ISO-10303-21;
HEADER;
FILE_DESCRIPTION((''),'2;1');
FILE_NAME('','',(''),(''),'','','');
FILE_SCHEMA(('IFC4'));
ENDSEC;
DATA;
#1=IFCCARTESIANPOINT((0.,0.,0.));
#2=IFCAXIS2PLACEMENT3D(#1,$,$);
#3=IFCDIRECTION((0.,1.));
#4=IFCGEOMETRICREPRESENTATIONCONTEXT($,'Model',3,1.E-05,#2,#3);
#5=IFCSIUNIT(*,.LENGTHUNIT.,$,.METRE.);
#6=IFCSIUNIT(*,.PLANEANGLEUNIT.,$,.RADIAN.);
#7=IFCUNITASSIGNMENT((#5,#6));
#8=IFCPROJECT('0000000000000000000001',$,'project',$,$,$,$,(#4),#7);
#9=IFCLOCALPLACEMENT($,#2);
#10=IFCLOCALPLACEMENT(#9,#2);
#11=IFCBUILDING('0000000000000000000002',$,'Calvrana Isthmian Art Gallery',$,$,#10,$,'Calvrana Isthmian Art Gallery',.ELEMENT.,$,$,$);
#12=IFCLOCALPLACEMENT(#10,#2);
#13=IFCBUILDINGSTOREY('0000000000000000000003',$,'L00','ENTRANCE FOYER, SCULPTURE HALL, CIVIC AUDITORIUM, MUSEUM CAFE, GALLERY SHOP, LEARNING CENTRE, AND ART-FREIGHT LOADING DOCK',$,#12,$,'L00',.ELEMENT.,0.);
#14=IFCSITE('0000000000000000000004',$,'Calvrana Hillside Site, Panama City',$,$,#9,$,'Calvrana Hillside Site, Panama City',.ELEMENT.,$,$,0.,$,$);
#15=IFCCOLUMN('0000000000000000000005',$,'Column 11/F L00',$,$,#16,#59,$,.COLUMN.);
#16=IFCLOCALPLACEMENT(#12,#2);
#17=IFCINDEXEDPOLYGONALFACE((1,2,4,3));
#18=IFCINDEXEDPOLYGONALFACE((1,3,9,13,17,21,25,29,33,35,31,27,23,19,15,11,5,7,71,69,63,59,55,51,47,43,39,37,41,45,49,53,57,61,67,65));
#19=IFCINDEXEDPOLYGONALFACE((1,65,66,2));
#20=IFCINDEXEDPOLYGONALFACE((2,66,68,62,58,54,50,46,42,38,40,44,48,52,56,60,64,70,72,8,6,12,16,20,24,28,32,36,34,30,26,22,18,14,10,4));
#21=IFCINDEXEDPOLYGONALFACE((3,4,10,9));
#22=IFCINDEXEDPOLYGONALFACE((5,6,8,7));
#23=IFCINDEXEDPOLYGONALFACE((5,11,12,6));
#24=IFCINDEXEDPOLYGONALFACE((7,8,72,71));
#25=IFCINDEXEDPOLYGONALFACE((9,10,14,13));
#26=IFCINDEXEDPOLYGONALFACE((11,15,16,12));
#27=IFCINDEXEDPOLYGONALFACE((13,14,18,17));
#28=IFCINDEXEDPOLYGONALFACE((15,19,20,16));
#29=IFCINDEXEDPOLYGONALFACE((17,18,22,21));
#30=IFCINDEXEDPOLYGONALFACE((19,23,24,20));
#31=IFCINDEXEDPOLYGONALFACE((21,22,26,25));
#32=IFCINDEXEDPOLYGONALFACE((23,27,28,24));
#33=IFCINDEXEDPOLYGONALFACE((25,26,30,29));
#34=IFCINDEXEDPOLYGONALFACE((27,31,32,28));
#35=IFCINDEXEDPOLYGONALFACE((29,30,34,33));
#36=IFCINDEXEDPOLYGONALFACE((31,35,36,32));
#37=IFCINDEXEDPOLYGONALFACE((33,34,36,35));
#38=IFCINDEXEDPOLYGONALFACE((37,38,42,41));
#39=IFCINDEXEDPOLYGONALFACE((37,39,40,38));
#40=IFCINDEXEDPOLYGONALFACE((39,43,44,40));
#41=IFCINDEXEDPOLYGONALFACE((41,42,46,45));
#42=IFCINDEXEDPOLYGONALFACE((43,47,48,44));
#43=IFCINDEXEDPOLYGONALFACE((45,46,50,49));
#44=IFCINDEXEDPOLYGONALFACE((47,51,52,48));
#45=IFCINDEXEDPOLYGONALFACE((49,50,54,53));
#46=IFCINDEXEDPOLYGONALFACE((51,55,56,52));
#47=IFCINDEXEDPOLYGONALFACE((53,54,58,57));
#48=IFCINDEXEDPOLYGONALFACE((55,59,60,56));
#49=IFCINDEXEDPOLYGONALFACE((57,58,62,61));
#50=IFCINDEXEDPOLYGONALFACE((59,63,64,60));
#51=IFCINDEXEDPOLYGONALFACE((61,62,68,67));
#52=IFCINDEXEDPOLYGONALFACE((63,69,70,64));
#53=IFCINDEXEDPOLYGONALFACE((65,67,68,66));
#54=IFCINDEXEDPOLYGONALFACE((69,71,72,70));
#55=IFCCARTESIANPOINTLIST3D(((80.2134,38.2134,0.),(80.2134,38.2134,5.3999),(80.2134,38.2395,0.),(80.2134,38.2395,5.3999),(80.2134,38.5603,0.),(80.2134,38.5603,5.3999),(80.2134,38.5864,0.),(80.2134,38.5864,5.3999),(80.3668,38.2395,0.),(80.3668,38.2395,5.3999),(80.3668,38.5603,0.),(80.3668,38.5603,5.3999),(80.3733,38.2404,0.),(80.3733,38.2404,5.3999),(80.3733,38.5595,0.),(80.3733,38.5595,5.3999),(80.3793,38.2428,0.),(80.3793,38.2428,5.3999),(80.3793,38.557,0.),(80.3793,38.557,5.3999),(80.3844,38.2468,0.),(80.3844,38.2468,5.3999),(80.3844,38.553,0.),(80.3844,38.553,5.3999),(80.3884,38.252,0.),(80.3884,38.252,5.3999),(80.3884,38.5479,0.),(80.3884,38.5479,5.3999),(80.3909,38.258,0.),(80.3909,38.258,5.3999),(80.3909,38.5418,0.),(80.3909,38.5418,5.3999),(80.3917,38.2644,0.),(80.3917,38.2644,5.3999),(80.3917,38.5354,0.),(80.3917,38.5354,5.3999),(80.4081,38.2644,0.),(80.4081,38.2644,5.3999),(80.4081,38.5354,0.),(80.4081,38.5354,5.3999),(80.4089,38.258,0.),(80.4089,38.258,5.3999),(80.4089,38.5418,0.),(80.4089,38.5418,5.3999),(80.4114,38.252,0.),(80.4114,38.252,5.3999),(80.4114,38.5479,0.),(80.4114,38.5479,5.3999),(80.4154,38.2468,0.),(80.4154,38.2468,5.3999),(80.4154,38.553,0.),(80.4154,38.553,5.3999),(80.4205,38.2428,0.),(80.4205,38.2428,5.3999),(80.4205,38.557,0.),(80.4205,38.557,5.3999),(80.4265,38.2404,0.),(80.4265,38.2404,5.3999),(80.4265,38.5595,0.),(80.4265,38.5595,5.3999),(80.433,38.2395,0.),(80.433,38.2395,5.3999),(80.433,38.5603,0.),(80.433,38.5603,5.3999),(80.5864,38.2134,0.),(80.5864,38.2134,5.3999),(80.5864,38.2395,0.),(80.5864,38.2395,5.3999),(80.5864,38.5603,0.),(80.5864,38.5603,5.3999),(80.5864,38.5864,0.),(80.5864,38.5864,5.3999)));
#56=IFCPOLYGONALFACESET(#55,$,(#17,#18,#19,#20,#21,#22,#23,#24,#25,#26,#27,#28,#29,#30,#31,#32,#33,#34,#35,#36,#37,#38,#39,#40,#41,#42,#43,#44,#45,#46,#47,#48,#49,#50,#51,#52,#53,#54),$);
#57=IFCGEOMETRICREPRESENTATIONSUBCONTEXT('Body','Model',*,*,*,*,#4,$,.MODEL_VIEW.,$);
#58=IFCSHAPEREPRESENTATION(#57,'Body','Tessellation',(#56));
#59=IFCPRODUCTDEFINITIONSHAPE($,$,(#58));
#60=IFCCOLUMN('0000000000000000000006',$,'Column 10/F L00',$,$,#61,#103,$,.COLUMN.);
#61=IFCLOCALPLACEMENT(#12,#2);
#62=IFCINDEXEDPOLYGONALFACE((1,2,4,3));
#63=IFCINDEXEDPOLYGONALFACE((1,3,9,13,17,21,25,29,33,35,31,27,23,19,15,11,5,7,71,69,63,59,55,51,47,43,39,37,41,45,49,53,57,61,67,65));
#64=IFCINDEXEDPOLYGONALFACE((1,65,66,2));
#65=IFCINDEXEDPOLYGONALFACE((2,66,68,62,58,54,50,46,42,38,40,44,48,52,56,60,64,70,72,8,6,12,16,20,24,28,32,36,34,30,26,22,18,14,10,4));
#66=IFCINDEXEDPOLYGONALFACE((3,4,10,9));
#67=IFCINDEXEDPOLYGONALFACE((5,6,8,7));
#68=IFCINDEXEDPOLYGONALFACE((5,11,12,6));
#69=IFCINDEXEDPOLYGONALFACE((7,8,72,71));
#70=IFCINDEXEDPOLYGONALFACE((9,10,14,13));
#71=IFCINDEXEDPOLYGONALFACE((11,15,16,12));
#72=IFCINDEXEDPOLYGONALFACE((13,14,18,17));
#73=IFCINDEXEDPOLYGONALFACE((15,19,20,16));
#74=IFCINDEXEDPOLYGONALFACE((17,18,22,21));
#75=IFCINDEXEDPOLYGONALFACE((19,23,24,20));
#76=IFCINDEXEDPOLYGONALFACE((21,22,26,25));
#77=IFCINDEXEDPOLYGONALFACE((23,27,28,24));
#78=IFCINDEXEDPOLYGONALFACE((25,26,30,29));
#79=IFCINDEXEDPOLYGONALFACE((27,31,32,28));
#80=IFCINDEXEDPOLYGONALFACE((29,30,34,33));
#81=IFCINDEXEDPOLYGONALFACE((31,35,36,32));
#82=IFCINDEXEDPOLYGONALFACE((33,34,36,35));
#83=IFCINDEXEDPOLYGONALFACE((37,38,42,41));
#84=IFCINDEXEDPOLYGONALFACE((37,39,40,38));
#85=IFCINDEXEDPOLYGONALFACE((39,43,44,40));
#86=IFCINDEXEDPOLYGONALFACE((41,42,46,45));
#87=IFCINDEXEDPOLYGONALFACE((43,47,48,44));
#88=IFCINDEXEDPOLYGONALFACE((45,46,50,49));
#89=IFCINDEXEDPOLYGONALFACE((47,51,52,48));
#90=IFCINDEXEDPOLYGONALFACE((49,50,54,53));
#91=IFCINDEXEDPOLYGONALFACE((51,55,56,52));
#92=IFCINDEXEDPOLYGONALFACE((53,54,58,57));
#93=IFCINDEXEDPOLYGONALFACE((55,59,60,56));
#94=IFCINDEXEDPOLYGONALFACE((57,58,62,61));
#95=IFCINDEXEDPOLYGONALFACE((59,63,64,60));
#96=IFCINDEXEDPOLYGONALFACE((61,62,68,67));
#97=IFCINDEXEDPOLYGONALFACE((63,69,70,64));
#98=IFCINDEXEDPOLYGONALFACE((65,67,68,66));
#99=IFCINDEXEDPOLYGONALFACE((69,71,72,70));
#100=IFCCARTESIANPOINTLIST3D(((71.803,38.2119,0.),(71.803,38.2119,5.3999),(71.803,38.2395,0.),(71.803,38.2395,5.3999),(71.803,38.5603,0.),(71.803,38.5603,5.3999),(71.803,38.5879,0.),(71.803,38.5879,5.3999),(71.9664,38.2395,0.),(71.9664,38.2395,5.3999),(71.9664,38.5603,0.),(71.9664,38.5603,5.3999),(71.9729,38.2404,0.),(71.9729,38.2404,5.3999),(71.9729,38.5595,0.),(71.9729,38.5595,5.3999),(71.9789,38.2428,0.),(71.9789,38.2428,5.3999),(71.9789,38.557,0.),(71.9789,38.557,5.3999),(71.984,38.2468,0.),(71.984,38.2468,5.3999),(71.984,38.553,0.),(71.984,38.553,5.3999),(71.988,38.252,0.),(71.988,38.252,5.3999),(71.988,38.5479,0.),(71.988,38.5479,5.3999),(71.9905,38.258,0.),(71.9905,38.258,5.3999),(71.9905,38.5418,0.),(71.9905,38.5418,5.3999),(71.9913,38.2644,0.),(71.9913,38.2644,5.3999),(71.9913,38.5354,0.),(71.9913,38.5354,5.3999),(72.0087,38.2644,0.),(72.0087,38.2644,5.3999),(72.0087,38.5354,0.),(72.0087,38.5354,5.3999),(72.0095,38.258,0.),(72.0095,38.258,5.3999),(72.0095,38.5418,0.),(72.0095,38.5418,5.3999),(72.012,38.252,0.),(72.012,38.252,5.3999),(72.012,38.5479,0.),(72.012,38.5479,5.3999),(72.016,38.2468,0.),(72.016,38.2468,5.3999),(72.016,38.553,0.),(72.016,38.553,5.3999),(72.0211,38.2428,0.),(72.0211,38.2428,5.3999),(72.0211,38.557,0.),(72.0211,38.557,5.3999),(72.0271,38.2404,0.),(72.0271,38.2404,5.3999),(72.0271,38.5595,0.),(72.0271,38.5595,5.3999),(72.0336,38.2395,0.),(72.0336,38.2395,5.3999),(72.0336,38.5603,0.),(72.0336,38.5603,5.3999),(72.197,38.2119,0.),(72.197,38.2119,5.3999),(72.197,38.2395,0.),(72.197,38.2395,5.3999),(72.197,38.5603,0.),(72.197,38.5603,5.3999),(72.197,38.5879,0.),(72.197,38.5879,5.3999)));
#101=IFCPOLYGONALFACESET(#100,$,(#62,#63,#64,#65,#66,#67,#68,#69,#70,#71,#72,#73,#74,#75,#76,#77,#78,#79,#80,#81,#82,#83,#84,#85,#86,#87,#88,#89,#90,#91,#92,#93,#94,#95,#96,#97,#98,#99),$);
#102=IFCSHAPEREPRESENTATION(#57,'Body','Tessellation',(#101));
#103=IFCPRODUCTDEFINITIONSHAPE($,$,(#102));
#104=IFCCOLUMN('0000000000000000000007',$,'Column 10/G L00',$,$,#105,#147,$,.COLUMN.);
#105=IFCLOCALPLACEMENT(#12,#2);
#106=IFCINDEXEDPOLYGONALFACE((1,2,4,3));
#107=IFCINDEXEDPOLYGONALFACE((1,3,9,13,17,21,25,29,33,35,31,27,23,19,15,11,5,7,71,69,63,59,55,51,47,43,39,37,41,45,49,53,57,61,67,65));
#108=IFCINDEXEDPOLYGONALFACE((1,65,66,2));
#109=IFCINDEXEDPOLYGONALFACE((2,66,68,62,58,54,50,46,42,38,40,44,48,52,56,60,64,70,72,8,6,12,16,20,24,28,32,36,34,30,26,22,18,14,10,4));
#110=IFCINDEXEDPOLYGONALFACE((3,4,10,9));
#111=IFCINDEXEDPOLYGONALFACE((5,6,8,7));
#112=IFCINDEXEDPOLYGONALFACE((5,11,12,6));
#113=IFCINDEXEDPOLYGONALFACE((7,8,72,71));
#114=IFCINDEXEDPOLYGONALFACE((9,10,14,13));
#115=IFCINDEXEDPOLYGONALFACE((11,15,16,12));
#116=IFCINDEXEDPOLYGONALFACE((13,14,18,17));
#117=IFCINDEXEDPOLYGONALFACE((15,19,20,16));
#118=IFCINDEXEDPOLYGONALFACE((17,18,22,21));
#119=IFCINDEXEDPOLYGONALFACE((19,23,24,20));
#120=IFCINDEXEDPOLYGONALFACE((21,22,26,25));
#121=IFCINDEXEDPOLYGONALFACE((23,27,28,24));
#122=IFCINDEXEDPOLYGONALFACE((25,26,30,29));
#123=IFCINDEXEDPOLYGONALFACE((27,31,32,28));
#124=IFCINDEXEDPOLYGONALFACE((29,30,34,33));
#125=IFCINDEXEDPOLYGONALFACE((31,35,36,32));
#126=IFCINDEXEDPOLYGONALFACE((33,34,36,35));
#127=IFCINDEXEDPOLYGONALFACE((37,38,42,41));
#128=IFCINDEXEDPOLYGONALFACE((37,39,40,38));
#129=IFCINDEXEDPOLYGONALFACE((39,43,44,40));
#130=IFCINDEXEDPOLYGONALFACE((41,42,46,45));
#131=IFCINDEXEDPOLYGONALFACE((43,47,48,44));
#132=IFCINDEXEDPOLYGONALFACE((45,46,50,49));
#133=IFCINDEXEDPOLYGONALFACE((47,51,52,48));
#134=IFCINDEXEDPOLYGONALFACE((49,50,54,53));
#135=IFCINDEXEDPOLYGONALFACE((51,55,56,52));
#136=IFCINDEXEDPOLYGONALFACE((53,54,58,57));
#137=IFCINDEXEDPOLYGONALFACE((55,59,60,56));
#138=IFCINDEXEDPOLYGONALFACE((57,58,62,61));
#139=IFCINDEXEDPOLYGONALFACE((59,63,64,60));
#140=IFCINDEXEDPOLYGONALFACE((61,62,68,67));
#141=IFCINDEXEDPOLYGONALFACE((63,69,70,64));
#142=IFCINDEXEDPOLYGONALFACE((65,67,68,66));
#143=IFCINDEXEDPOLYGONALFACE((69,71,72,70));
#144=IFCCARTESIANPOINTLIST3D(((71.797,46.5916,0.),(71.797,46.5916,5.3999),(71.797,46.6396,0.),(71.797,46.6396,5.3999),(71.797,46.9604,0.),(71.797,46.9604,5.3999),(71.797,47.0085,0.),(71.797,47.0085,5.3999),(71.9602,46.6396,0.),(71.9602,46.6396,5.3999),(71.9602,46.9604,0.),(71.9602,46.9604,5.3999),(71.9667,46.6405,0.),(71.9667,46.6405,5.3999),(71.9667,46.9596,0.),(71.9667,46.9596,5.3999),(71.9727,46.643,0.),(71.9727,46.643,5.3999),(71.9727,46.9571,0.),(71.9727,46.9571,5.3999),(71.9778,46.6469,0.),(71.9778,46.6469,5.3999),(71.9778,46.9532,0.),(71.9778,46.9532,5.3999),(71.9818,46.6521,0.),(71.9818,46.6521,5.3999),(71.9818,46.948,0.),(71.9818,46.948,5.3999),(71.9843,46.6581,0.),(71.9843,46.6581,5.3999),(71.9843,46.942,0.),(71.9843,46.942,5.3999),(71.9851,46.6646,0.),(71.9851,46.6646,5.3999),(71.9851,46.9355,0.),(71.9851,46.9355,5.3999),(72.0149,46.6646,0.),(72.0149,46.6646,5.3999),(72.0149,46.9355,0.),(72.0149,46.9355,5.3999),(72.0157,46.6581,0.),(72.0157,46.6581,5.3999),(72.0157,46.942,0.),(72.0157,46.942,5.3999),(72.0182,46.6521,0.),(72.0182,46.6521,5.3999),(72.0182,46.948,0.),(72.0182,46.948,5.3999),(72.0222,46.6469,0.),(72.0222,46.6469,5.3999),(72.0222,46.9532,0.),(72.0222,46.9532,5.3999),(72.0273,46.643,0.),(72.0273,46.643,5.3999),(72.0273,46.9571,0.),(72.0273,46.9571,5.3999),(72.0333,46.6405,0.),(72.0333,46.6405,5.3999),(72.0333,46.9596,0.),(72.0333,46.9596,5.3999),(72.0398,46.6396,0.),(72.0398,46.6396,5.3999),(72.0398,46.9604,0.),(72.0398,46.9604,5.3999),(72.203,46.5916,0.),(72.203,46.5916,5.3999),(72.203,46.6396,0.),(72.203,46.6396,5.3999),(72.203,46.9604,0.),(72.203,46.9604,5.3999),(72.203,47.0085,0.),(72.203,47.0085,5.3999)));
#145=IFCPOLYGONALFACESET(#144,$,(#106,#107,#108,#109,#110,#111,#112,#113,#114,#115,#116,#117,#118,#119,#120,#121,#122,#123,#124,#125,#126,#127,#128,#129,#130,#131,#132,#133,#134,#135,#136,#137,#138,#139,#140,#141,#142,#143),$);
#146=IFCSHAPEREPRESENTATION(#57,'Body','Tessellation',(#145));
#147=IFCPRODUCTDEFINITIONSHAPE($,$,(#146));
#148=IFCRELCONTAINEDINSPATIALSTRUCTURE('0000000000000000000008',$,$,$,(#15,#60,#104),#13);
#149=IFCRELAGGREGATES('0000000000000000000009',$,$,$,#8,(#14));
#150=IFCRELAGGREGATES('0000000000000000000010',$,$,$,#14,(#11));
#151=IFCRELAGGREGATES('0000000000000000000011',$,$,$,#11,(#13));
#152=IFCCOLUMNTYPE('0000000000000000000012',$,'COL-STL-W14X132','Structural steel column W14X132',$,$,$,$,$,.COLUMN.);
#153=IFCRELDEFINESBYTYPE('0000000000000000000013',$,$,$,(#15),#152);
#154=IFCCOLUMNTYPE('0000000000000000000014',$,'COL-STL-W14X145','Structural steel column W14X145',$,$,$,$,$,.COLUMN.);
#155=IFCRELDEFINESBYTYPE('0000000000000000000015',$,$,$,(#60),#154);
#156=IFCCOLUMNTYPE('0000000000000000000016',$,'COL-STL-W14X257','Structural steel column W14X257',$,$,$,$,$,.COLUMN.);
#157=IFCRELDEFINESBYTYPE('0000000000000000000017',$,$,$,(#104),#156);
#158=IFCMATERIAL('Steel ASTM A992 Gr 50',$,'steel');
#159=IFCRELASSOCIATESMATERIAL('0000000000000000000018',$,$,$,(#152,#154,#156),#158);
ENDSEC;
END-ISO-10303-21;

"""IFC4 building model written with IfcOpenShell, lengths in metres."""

from ifc_helpers import new_model, si_unit, direction, frame, origin, origin_2d, place, context, subcontext, project, spatial, i_section, extrude, material, material_profile, profile_set, type_object, element, save


model = new_model("IFC4")

# Units and contexts
model_context = context("Model", 3, precision=1e-05, world=origin(), true_north=direction((0.0, 1.0)))
body_context = subcontext(model_context, "Body", "Model", "MODEL_VIEW")
ifc_project = project(units=[si_unit("LENGTHUNIT", "METRE"), si_unit("PLANEANGLEUNIT", "RADIAN")], contexts=[model_context])

# Site, building, storey
site_placement = place(None, origin())
site = spatial("IfcSite", under=ifc_project, at=site_placement, Name="Calvrana Hillside Site, Panama City", LongName="Calvrana Hillside Site, Panama City", CompositionType="ELEMENT", RefElevation=0.0)
building_placement = place(site_placement, origin())
building = spatial("IfcBuilding", under=site, at=building_placement, Name="Calvrana Isthmian Art Gallery", LongName="Calvrana Isthmian Art Gallery", CompositionType="ELEMENT")
storey_placement = place(building_placement, origin())
storey = spatial("IfcBuildingStorey", under=building, at=storey_placement, Name="L00", Description="ENTRANCE FOYER, SCULPTURE HALL, CIVIC AUDITORIUM, MUSEUM CAFE, GALLERY SHOP, LEARNING CENTRE, AND ART-FREIGHT LOADING DOCK", LongName="L00", CompositionType="ELEMENT", Elevation=0.0)

# Columns
ifc_material_1 = material(Name="Steel ASTM A992 Gr 50", Category="steel")
ifc_material_profile_1 = material_profile(ifc_material_1, i_section(OverallWidth=0.373, OverallDepth=0.373, WebThickness=0.0164, FlangeThickness=0.0261, FilletRadius=0.0249, at=origin_2d()), Name="W14X132")
ifc_profile_set_1 = profile_set([ifc_material_profile_1], Name="Steel ASTM A992 Gr 50")
column_type_1 = type_object("IfcColumnType", Name="COL-STL-W14X132", Description="Structural steel column W14X132", PredefinedType="COLUMN", material=ifc_profile_set_1)
column_1_placement = place(storey_placement, frame((80.3999, 38.3999, 0.0), z_axis=(0.0, 0.0, 1.0), x_axis=(1.0, 0.0, 0.0)))
element("IfcColumn", 1, at=column_1_placement, inside=storey, type_object=column_type_1, Name="Column 11/F L00", PredefinedType="COLUMN", context=body_context, shape_type="SweptSolid", body=[
    extrude(i_section(OverallWidth=0.373, OverallDepth=0.373, WebThickness=0.0164, FlangeThickness=0.0261, FilletRadius=0.0249, at=origin_2d()), origin(), (0.0, 0.0, 1.0), 5.3999),
])
ifc_material_profile_2 = material_profile(ifc_material_1, i_section(OverallWidth=0.394, OverallDepth=0.376, WebThickness=0.0173, FlangeThickness=0.0276, FilletRadius=0.0249, at=origin_2d()), Name="W14X145")
ifc_profile_set_2 = profile_set([ifc_material_profile_2], Name="Steel ASTM A992 Gr 50")
column_type_2 = type_object("IfcColumnType", Name="COL-STL-W14X145", Description="Structural steel column W14X145", PredefinedType="COLUMN", material=ifc_profile_set_2)
column_2_placement = place(storey_placement, frame((72.0, 38.3999, 0.0), z_axis=(0.0, 0.0, 1.0), x_axis=(1.0, 0.0, 0.0)))
element("IfcColumn", 2, at=column_2_placement, inside=storey, type_object=column_type_2, Name="Column 10/F L00", PredefinedType="COLUMN", context=body_context, shape_type="SweptSolid", body=[
    extrude(i_section(OverallWidth=0.394, OverallDepth=0.376, WebThickness=0.0173, FlangeThickness=0.0276, FilletRadius=0.0249, at=origin_2d()), origin(), (0.0, 0.0, 1.0), 5.3999),
])
ifc_material_profile_3 = material_profile(ifc_material_1, i_section(OverallWidth=0.406, OverallDepth=0.417, WebThickness=0.0298, FlangeThickness=0.0481, FilletRadius=0.0249, at=origin_2d()), Name="W14X257")
ifc_profile_set_3 = profile_set([ifc_material_profile_3], Name="Steel ASTM A992 Gr 50")
column_type_3 = type_object("IfcColumnType", Name="COL-STL-W14X257", Description="Structural steel column W14X257", PredefinedType="COLUMN", material=ifc_profile_set_3)
column_3_placement = place(storey_placement, frame((72.0, 46.8, 0.0), z_axis=(0.0, 0.0, 1.0), x_axis=(1.0, 0.0, 0.0)))
element("IfcColumn", 3, at=column_3_placement, inside=storey, type_object=column_type_3, Name="Column 10/G L00", PredefinedType="COLUMN", context=body_context, shape_type="SweptSolid", body=[
    extrude(i_section(OverallWidth=0.406, OverallDepth=0.417, WebThickness=0.0298, FlangeThickness=0.0481, FilletRadius=0.0249, at=origin_2d()), origin(), (0.0, 0.0, 1.0), 5.3999),
])

save(model, "model.ifc")
